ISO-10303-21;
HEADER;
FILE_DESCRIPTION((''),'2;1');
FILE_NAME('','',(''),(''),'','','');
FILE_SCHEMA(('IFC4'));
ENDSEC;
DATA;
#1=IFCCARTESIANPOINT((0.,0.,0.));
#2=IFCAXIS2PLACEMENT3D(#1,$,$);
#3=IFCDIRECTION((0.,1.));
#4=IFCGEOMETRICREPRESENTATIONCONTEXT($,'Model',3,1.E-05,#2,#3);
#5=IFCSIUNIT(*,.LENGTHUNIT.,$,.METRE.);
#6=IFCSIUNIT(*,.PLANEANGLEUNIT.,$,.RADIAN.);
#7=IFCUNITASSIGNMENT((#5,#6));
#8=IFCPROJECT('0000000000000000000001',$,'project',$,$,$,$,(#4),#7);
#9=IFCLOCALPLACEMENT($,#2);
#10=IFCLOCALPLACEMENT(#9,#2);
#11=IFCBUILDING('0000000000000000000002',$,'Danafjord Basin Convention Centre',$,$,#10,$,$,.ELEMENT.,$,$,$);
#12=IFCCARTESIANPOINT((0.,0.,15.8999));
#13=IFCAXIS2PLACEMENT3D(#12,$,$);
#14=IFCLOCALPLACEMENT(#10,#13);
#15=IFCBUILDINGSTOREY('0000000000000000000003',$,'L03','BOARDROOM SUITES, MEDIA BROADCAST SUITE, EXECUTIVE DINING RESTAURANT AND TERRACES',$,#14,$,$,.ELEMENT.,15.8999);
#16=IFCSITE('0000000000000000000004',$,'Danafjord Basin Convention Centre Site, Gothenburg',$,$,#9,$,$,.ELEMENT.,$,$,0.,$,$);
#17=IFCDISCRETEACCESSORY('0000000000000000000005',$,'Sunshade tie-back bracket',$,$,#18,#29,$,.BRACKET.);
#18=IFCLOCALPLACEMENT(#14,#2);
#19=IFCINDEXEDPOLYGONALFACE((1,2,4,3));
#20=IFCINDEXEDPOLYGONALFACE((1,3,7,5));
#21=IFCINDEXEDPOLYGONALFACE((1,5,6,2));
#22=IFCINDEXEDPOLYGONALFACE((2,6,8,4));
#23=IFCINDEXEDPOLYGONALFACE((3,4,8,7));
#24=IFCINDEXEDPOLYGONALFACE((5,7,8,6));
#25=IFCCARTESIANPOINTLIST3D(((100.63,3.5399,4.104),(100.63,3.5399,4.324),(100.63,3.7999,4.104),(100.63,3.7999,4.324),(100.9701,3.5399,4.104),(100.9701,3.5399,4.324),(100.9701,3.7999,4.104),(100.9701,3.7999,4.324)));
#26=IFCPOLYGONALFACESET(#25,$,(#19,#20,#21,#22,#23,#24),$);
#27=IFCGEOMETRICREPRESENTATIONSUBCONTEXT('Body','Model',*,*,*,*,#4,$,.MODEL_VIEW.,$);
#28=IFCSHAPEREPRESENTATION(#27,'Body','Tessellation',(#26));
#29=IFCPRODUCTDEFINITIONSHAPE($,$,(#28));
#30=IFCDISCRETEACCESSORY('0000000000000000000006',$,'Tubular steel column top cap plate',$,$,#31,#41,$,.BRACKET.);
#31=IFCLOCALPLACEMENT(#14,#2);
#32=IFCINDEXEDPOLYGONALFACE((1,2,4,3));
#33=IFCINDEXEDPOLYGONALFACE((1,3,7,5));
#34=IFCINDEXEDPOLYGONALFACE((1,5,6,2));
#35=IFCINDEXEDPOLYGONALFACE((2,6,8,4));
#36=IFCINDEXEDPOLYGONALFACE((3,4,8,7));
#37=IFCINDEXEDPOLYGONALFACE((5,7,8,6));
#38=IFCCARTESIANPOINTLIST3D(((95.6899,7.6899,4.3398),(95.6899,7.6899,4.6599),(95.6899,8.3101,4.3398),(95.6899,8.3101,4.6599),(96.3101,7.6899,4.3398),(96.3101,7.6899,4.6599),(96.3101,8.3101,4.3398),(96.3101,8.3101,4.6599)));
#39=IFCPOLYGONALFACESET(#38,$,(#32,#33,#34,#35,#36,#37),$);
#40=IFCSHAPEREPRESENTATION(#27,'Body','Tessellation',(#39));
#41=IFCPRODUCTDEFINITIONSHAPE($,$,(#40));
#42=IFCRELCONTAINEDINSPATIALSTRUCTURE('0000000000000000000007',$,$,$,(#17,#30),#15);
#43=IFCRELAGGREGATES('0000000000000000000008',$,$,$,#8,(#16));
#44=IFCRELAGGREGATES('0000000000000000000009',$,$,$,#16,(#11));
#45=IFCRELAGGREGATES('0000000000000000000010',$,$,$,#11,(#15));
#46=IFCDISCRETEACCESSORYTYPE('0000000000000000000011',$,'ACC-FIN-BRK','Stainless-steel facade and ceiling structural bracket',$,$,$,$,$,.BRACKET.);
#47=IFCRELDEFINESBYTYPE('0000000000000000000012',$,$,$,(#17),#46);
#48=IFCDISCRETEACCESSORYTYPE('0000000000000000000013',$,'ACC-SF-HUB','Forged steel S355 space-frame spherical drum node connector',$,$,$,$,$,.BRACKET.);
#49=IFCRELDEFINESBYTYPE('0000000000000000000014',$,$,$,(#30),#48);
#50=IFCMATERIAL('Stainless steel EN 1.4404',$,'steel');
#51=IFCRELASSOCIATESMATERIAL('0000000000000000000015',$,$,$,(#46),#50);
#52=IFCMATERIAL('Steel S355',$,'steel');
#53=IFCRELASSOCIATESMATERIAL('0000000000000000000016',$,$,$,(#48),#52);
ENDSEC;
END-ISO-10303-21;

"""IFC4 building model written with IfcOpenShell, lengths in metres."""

from ifc_helpers import new_model, si_unit, direction, frame, origin, origin_2d, place, context, subcontext, project, spatial, rectangle, extrude, material, type_object, element, save


model = new_model("IFC4")

# Units and contexts
model_context = context("Model", 3, precision=1e-05, world=origin(), true_north=direction((0.0, 1.0)))
body_context = subcontext(model_context, "Body", "Model", "MODEL_VIEW")
ifc_project = project(units=[si_unit("LENGTHUNIT", "METRE"), si_unit("PLANEANGLEUNIT", "RADIAN")], contexts=[model_context])

# Site, building, storey
site_placement = place(None, origin())
site = spatial("IfcSite", under=ifc_project, at=site_placement, Name="Danafjord Basin Convention Centre Site, Gothenburg", CompositionType="ELEMENT", RefElevation=0.0)
building_placement = place(site_placement, origin())
building = spatial("IfcBuilding", under=site, at=building_placement, Name="Danafjord Basin Convention Centre", CompositionType="ELEMENT")
storey_placement = place(building_placement, frame((0.0, 0.0, 15.8999)))
storey = spatial("IfcBuildingStorey", under=building, at=storey_placement, Name="L03", Description="BOARDROOM SUITES, MEDIA BROADCAST SUITE, EXECUTIVE DINING RESTAURANT AND TERRACES", CompositionType="ELEMENT", Elevation=15.8999)

# Shared definitions
ifc_material_1 = material(Name="Steel S355", Category="steel")

# Discrete accessories
ifc_material_2 = material(Name="Stainless steel EN 1.4404", Category="steel")
discrete_accessory_type_1 = type_object("IfcDiscreteAccessoryType", Name="ACC-FIN-BRK", Description="Stainless-steel facade and ceiling structural bracket", PredefinedType="BRACKET", material=ifc_material_2)
discrete_accessory_1_placement = place(storey_placement, frame((100.8, 3.6699, 4.104), z_axis=(0.0, 0.0, 1.0), x_axis=(1.0, 0.0, 0.0)))
element("IfcDiscreteAccessory", 1, at=discrete_accessory_1_placement, inside=storey, type_object=discrete_accessory_type_1, Name="Sunshade tie-back bracket", PredefinedType="BRACKET", context=body_context, shape_type="SweptSolid", body=[
    extrude(rectangle(XDim=0.3401, YDim=0.26, at=origin_2d()), origin(), (0.0, 0.0, 1.0), 0.22),
])
discrete_accessory_type_2 = type_object("IfcDiscreteAccessoryType", Name="ACC-SF-HUB", Description="Forged steel S355 space-frame spherical drum node connector", PredefinedType="BRACKET", material=ifc_material_1)
discrete_accessory_2_placement = place(storey_placement, frame((96.0, 8.0, 4.3398), z_axis=(0.0, 0.0, 1.0), x_axis=(1.0, 0.0, 0.0)))
element("IfcDiscreteAccessory", 2, at=discrete_accessory_2_placement, inside=storey, type_object=discrete_accessory_type_2, Name="Tubular steel column top cap plate", PredefinedType="BRACKET", context=body_context, shape_type="SweptSolid", body=[
    extrude(rectangle(XDim=0.6201, YDim=0.6201, at=origin_2d()), origin(), (0.0, 0.0, 1.0), 0.3201),
])

save(model, "model.ifc")
